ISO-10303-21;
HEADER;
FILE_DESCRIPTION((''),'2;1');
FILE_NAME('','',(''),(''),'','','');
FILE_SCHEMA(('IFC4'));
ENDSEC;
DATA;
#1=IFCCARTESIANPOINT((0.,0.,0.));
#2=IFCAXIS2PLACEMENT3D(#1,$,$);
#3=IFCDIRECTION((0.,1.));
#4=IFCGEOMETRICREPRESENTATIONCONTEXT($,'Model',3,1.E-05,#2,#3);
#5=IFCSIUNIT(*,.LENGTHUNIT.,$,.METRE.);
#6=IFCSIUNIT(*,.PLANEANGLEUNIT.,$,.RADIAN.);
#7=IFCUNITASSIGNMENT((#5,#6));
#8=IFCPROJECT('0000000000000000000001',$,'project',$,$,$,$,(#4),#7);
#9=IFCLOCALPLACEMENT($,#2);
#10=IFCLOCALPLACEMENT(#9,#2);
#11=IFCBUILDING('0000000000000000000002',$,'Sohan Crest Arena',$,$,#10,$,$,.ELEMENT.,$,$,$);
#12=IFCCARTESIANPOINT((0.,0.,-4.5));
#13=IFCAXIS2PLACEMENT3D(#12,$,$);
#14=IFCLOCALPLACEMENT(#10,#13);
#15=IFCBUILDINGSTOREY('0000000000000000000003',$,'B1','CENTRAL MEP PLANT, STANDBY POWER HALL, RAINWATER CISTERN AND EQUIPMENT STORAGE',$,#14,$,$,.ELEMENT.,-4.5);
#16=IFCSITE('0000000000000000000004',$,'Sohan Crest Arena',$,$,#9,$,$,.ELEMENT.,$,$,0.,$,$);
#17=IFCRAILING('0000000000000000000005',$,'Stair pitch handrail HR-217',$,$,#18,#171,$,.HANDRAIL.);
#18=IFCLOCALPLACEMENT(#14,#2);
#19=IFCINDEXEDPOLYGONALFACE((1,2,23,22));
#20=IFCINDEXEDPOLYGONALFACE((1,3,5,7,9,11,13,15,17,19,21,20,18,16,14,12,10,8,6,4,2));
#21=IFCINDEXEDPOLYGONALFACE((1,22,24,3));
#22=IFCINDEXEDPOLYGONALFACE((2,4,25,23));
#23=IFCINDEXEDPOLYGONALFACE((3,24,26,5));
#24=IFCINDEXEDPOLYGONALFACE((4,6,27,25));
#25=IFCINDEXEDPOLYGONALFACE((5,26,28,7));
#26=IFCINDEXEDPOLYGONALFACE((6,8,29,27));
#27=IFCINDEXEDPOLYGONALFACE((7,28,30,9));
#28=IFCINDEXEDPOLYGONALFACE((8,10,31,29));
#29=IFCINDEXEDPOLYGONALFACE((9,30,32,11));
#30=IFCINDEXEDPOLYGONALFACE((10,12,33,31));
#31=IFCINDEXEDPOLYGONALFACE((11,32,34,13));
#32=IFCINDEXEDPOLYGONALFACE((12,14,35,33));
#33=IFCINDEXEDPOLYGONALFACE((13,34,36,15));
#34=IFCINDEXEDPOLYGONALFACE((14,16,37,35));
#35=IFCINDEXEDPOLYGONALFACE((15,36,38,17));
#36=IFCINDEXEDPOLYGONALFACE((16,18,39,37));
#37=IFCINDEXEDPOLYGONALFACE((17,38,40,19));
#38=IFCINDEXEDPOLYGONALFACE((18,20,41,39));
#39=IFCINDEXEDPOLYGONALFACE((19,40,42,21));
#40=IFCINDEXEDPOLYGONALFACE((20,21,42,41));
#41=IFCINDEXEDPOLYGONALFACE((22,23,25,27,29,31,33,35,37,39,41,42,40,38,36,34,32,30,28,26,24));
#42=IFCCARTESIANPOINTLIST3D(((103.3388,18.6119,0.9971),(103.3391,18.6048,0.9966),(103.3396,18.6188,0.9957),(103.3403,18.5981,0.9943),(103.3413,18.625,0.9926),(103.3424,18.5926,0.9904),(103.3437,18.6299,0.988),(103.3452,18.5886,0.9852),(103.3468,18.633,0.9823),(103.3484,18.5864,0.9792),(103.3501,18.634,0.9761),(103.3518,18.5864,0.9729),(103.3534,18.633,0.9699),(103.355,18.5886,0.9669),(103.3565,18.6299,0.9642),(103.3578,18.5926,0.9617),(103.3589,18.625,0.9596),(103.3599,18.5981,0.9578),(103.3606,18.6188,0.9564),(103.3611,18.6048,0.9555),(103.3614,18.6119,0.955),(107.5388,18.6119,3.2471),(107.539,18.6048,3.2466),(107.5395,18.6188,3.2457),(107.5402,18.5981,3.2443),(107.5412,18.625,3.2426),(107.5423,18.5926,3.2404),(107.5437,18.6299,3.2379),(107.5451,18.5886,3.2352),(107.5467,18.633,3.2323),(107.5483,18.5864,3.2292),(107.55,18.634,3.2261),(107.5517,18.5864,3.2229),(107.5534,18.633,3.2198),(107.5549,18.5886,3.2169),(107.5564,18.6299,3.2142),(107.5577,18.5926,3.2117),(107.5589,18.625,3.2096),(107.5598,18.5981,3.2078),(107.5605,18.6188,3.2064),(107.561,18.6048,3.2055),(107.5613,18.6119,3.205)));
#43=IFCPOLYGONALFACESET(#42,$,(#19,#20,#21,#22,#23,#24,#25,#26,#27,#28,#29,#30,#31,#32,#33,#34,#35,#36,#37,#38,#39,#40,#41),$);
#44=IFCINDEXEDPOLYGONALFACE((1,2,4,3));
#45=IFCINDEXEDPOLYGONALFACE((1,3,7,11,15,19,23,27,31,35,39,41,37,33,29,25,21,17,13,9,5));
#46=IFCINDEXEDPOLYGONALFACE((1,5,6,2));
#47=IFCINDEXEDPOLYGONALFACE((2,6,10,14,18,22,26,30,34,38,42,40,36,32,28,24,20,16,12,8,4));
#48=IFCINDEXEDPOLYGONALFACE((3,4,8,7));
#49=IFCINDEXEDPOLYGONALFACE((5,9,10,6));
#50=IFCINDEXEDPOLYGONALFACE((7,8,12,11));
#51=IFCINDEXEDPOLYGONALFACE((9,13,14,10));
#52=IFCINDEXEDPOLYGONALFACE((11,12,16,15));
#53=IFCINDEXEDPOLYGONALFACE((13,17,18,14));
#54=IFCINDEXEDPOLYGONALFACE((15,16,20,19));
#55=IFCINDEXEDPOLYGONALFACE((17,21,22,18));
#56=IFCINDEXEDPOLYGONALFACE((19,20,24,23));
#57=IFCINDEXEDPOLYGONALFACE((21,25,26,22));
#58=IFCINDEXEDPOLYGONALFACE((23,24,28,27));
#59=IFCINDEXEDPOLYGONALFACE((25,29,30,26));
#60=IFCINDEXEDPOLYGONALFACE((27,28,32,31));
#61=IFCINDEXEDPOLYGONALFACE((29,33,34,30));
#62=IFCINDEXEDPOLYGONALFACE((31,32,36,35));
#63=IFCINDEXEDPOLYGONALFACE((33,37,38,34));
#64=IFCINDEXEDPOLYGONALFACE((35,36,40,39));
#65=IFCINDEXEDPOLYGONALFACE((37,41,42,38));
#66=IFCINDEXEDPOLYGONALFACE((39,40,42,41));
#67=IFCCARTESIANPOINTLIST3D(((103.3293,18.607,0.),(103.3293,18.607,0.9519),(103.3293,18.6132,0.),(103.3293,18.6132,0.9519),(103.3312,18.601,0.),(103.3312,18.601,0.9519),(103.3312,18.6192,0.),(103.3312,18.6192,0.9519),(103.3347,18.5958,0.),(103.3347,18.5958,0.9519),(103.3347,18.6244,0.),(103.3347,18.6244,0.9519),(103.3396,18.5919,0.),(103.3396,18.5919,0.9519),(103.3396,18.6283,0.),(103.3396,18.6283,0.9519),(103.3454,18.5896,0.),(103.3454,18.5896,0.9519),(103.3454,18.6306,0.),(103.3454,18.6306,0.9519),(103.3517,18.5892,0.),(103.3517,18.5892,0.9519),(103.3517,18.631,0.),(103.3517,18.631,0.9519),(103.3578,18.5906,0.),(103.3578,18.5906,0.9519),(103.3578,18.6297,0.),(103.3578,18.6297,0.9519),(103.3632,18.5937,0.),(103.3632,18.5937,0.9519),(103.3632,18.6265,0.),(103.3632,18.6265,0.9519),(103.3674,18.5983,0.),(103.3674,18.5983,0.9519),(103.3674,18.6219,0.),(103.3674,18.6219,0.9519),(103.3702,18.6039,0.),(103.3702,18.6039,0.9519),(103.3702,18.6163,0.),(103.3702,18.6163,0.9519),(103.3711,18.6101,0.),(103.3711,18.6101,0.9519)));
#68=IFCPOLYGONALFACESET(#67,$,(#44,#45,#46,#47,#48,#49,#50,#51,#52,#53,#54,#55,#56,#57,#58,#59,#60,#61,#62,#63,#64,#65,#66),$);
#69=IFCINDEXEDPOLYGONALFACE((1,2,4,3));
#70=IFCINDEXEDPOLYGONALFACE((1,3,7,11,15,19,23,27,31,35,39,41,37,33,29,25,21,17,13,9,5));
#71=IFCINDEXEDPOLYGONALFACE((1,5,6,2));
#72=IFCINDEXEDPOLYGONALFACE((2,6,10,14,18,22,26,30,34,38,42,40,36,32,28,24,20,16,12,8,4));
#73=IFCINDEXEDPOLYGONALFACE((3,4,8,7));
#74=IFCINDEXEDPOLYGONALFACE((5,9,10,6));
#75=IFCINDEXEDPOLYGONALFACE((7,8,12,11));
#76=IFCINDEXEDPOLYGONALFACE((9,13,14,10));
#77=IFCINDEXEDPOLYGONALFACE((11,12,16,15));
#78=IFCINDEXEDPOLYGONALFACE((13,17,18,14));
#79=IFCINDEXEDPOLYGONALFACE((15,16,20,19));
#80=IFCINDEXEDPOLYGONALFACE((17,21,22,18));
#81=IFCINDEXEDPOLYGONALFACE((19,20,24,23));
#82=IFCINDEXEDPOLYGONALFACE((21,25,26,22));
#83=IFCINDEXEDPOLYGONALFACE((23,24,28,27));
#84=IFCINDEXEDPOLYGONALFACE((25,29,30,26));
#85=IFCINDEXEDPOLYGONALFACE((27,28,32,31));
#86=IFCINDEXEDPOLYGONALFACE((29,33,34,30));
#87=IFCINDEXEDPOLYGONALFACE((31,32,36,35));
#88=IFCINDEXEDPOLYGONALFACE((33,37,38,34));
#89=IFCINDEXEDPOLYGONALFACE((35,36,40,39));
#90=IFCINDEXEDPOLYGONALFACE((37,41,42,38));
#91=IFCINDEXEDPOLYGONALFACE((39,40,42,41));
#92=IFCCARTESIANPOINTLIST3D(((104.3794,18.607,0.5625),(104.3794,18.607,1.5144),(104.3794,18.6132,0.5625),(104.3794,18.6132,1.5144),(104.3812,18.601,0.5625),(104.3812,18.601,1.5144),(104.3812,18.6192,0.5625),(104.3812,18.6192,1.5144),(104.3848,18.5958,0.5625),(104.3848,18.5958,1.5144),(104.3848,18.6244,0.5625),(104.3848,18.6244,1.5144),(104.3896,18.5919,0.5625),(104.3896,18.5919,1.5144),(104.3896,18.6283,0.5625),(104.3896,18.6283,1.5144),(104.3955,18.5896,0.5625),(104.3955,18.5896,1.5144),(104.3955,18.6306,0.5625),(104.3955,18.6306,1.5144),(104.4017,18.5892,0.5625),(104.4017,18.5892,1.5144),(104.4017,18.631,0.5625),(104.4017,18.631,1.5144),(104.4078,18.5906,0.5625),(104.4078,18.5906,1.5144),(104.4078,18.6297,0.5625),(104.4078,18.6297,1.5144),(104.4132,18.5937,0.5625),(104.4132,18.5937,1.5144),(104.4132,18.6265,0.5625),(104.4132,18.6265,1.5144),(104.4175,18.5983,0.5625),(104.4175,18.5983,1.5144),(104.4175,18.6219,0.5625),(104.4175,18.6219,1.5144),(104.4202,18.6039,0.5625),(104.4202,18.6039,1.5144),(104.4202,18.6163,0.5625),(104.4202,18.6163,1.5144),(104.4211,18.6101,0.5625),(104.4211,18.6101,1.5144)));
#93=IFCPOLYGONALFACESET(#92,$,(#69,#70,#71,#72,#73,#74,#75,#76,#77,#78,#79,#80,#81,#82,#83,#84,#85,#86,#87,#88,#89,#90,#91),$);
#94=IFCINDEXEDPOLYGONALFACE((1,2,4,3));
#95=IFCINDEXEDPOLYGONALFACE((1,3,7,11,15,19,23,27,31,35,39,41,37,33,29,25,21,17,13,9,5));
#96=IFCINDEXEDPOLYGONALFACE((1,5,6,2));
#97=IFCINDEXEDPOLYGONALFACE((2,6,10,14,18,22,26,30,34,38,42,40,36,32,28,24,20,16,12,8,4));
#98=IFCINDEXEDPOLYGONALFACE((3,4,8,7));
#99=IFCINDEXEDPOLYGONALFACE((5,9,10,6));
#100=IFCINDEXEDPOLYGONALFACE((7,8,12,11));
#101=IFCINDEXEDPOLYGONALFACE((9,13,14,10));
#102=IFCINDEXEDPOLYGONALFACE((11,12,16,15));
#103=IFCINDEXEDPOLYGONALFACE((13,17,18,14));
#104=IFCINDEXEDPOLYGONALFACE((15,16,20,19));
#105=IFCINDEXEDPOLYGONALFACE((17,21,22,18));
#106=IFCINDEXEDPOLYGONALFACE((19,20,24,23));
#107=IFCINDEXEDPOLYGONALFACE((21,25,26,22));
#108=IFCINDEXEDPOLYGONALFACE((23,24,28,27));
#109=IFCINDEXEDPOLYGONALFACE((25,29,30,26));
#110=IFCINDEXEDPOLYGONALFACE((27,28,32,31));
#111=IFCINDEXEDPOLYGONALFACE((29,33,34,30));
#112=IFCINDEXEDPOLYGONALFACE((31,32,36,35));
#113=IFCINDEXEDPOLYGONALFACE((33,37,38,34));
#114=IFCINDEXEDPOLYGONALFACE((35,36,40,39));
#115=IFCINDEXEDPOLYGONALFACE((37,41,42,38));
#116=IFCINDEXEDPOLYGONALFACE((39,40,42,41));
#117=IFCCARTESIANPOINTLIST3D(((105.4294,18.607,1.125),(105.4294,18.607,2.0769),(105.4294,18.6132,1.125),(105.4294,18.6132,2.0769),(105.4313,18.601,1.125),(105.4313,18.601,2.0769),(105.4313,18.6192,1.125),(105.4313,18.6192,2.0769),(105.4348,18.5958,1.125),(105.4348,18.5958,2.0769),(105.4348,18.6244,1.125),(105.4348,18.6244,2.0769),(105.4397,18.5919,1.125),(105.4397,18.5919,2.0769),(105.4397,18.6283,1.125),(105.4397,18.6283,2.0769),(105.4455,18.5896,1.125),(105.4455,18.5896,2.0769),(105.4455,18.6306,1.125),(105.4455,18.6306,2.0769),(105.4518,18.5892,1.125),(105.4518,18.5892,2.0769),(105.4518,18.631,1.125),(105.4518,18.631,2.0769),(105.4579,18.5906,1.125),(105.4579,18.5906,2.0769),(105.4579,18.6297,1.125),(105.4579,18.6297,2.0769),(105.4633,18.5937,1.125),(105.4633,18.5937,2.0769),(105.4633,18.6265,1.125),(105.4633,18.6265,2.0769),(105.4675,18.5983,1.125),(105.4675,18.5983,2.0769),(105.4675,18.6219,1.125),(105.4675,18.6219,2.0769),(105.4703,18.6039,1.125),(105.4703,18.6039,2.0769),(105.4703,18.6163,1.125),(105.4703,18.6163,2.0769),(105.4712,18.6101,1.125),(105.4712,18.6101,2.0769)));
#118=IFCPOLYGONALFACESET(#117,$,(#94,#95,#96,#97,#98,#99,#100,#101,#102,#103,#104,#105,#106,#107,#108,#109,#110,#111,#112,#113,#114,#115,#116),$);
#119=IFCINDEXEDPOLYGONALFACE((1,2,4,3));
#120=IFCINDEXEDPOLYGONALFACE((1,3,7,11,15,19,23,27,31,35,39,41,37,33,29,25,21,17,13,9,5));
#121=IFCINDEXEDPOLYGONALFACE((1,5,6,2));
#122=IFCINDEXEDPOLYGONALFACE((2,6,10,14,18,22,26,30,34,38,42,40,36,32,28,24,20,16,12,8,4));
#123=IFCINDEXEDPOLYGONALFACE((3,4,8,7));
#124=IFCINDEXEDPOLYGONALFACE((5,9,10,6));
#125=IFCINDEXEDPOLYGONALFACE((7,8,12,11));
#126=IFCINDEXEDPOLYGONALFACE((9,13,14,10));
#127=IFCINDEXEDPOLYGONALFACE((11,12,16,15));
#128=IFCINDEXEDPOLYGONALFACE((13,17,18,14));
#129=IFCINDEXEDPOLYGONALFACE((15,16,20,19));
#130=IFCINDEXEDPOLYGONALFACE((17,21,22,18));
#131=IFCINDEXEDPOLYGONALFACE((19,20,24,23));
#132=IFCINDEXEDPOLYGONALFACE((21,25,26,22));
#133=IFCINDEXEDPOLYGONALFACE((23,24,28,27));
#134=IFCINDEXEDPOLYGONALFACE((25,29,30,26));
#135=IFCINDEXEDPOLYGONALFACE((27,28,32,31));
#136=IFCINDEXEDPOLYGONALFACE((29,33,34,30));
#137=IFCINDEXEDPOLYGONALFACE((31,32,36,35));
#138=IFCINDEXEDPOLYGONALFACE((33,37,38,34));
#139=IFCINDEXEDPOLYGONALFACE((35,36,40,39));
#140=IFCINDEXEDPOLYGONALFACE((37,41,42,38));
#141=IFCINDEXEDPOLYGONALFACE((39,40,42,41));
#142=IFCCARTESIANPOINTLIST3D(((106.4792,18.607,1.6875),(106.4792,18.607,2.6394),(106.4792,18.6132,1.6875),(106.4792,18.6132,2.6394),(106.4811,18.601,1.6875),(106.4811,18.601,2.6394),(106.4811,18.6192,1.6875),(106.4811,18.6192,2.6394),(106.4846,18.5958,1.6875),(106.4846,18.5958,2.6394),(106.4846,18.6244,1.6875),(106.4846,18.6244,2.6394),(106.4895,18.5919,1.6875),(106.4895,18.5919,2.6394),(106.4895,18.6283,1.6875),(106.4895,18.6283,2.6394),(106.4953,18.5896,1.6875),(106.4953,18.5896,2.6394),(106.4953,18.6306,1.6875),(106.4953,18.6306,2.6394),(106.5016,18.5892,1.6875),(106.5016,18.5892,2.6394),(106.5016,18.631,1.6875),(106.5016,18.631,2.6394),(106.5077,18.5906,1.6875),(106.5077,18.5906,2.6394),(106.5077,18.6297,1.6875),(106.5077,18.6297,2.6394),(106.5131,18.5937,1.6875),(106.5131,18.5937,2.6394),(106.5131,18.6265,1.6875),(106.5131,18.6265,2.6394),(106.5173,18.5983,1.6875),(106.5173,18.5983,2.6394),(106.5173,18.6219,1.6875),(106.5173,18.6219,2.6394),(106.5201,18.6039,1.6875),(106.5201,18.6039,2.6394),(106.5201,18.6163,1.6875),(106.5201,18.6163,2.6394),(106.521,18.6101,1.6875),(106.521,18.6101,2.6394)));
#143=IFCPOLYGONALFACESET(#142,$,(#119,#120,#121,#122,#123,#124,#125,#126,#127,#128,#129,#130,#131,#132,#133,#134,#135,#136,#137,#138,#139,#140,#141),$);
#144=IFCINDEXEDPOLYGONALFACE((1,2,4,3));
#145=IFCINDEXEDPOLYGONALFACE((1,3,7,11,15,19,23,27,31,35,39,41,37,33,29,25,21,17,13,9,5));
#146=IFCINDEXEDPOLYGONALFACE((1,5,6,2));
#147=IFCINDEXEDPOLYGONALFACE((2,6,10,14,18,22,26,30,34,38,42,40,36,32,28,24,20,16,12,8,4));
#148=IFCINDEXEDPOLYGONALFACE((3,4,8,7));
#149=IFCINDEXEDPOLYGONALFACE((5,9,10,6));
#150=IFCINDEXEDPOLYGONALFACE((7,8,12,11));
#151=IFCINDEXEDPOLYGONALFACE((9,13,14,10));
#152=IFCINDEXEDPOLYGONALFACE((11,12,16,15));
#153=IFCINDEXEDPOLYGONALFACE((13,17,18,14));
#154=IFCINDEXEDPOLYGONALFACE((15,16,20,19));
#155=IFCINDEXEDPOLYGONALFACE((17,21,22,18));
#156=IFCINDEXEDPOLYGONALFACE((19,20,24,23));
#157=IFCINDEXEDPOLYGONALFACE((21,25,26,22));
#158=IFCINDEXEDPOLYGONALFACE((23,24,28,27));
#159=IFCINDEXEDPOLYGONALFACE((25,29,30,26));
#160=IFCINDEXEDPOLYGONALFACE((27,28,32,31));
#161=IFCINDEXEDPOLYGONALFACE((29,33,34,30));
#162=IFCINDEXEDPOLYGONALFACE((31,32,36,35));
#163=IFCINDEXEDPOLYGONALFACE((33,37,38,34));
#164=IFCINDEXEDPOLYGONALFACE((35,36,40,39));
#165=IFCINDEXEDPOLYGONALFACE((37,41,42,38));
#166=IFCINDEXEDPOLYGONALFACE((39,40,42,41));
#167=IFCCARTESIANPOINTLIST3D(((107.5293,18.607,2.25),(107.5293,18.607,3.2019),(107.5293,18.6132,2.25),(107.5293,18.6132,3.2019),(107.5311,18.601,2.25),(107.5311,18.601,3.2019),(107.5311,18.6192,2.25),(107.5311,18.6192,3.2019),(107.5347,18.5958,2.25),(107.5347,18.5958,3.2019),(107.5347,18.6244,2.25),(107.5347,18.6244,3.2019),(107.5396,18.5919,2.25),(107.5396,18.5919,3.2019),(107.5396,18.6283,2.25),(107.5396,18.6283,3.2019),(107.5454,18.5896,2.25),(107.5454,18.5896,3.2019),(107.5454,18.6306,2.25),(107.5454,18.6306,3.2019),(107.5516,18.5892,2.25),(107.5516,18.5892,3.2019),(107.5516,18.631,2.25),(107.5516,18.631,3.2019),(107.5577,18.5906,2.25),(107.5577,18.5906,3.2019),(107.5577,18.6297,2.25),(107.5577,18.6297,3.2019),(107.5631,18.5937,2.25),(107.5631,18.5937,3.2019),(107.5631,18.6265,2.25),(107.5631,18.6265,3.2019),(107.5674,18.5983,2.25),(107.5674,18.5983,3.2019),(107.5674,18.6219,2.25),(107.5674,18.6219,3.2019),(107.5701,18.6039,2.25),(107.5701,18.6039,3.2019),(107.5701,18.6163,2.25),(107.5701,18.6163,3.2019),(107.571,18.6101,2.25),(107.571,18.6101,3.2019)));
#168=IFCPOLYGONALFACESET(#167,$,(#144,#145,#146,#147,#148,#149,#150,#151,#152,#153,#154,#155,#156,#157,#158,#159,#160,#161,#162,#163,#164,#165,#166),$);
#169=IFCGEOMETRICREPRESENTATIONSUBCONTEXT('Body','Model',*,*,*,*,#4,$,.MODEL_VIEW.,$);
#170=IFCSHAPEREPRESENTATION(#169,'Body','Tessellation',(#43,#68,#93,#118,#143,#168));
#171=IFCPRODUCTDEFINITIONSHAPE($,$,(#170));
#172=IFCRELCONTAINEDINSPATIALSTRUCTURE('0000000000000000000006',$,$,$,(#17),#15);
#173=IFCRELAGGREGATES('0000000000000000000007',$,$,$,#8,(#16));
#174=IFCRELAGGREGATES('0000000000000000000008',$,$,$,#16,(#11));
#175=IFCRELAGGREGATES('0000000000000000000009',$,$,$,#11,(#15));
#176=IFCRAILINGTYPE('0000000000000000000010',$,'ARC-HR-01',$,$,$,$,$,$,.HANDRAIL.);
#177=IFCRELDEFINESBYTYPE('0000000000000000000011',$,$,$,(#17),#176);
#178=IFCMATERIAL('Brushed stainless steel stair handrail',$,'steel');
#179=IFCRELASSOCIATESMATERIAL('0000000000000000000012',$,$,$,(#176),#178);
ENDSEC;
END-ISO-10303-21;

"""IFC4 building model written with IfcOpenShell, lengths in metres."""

from ifc_helpers import new_model, si_unit, direction, frame, origin, origin_2d, place, context, subcontext, project, spatial, circle, extrude, material, type_object, element, save


model = new_model("IFC4")

# Units and contexts
model_context = context("Model", 3, precision=1e-05, world=origin(), true_north=direction((0.0, 1.0)))
body_context = subcontext(model_context, "Body", "Model", "MODEL_VIEW")
ifc_project = project(units=[si_unit("LENGTHUNIT", "METRE"), si_unit("PLANEANGLEUNIT", "RADIAN")], contexts=[model_context])

# Site, building, storey
site_placement = place(None, origin())
site = spatial("IfcSite", under=ifc_project, at=site_placement, Name="Sohan Crest Arena", CompositionType="ELEMENT", RefElevation=0.0)
building_placement = place(site_placement, origin())
building = spatial("IfcBuilding", under=site, at=building_placement, Name="Sohan Crest Arena", CompositionType="ELEMENT")
storey_placement = place(building_placement, frame((0.0, 0.0, -4.5)))
storey = spatial("IfcBuildingStorey", under=building, at=storey_placement, Name="B1", Description="CENTRAL MEP PLANT, STANDBY POWER HALL, RAINWATER CISTERN AND EQUIPMENT STORAGE", CompositionType="ELEMENT", Elevation=-4.5)

# Railing
ifc_material_1 = material(Name="Brushed stainless steel stair handrail", Category="steel")
railing_type_1 = type_object("IfcRailingType", Name="ARC-HR-01", PredefinedType="HANDRAIL", material=ifc_material_1)
for number, where, name in (
    (1, (103.3501, 18.6101, 0.0), "Stair pitch handrail HR-217"),
):
    element("IfcRailing", number, at=place(storey_placement, frame(where)), inside=storey, type_object=railing_type_1, Name=name, PredefinedType="HANDRAIL", context=body_context, shape_type="SweptSolid", body=[
        extrude(circle(Radius=0.0239, at=origin_2d()), frame((0.0, 0.0, 0.9761), z_axis=(0.881478, 0.0, 0.472226), x_axis=(0.0, 1.0, 0.0)), (0.0, 0.0, 1.0), 4.7646),
        extrude(circle(Radius=0.021, at=origin_2d()), origin(), (0.0, 0.0, 1.0), 0.9519),
        extrude(circle(Radius=0.021, at=origin_2d()), frame((1.05, 0.0, 0.5625)), (0.0, 0.0, 1.0), 0.9519),
        extrude(circle(Radius=0.021, at=origin_2d()), frame((2.1001, 0.0, 1.125)), (0.0, 0.0, 1.0), 0.9519),
        extrude(circle(Radius=0.021, at=origin_2d()), frame((3.1499, 0.0, 1.6875)), (0.0, 0.0, 1.0), 0.9519),
        extrude(circle(Radius=0.021, at=origin_2d()), frame((4.2, 0.0, 2.25)), (0.0, 0.0, 1.0), 0.9519),
    ])

save(model, "model.ifc")
